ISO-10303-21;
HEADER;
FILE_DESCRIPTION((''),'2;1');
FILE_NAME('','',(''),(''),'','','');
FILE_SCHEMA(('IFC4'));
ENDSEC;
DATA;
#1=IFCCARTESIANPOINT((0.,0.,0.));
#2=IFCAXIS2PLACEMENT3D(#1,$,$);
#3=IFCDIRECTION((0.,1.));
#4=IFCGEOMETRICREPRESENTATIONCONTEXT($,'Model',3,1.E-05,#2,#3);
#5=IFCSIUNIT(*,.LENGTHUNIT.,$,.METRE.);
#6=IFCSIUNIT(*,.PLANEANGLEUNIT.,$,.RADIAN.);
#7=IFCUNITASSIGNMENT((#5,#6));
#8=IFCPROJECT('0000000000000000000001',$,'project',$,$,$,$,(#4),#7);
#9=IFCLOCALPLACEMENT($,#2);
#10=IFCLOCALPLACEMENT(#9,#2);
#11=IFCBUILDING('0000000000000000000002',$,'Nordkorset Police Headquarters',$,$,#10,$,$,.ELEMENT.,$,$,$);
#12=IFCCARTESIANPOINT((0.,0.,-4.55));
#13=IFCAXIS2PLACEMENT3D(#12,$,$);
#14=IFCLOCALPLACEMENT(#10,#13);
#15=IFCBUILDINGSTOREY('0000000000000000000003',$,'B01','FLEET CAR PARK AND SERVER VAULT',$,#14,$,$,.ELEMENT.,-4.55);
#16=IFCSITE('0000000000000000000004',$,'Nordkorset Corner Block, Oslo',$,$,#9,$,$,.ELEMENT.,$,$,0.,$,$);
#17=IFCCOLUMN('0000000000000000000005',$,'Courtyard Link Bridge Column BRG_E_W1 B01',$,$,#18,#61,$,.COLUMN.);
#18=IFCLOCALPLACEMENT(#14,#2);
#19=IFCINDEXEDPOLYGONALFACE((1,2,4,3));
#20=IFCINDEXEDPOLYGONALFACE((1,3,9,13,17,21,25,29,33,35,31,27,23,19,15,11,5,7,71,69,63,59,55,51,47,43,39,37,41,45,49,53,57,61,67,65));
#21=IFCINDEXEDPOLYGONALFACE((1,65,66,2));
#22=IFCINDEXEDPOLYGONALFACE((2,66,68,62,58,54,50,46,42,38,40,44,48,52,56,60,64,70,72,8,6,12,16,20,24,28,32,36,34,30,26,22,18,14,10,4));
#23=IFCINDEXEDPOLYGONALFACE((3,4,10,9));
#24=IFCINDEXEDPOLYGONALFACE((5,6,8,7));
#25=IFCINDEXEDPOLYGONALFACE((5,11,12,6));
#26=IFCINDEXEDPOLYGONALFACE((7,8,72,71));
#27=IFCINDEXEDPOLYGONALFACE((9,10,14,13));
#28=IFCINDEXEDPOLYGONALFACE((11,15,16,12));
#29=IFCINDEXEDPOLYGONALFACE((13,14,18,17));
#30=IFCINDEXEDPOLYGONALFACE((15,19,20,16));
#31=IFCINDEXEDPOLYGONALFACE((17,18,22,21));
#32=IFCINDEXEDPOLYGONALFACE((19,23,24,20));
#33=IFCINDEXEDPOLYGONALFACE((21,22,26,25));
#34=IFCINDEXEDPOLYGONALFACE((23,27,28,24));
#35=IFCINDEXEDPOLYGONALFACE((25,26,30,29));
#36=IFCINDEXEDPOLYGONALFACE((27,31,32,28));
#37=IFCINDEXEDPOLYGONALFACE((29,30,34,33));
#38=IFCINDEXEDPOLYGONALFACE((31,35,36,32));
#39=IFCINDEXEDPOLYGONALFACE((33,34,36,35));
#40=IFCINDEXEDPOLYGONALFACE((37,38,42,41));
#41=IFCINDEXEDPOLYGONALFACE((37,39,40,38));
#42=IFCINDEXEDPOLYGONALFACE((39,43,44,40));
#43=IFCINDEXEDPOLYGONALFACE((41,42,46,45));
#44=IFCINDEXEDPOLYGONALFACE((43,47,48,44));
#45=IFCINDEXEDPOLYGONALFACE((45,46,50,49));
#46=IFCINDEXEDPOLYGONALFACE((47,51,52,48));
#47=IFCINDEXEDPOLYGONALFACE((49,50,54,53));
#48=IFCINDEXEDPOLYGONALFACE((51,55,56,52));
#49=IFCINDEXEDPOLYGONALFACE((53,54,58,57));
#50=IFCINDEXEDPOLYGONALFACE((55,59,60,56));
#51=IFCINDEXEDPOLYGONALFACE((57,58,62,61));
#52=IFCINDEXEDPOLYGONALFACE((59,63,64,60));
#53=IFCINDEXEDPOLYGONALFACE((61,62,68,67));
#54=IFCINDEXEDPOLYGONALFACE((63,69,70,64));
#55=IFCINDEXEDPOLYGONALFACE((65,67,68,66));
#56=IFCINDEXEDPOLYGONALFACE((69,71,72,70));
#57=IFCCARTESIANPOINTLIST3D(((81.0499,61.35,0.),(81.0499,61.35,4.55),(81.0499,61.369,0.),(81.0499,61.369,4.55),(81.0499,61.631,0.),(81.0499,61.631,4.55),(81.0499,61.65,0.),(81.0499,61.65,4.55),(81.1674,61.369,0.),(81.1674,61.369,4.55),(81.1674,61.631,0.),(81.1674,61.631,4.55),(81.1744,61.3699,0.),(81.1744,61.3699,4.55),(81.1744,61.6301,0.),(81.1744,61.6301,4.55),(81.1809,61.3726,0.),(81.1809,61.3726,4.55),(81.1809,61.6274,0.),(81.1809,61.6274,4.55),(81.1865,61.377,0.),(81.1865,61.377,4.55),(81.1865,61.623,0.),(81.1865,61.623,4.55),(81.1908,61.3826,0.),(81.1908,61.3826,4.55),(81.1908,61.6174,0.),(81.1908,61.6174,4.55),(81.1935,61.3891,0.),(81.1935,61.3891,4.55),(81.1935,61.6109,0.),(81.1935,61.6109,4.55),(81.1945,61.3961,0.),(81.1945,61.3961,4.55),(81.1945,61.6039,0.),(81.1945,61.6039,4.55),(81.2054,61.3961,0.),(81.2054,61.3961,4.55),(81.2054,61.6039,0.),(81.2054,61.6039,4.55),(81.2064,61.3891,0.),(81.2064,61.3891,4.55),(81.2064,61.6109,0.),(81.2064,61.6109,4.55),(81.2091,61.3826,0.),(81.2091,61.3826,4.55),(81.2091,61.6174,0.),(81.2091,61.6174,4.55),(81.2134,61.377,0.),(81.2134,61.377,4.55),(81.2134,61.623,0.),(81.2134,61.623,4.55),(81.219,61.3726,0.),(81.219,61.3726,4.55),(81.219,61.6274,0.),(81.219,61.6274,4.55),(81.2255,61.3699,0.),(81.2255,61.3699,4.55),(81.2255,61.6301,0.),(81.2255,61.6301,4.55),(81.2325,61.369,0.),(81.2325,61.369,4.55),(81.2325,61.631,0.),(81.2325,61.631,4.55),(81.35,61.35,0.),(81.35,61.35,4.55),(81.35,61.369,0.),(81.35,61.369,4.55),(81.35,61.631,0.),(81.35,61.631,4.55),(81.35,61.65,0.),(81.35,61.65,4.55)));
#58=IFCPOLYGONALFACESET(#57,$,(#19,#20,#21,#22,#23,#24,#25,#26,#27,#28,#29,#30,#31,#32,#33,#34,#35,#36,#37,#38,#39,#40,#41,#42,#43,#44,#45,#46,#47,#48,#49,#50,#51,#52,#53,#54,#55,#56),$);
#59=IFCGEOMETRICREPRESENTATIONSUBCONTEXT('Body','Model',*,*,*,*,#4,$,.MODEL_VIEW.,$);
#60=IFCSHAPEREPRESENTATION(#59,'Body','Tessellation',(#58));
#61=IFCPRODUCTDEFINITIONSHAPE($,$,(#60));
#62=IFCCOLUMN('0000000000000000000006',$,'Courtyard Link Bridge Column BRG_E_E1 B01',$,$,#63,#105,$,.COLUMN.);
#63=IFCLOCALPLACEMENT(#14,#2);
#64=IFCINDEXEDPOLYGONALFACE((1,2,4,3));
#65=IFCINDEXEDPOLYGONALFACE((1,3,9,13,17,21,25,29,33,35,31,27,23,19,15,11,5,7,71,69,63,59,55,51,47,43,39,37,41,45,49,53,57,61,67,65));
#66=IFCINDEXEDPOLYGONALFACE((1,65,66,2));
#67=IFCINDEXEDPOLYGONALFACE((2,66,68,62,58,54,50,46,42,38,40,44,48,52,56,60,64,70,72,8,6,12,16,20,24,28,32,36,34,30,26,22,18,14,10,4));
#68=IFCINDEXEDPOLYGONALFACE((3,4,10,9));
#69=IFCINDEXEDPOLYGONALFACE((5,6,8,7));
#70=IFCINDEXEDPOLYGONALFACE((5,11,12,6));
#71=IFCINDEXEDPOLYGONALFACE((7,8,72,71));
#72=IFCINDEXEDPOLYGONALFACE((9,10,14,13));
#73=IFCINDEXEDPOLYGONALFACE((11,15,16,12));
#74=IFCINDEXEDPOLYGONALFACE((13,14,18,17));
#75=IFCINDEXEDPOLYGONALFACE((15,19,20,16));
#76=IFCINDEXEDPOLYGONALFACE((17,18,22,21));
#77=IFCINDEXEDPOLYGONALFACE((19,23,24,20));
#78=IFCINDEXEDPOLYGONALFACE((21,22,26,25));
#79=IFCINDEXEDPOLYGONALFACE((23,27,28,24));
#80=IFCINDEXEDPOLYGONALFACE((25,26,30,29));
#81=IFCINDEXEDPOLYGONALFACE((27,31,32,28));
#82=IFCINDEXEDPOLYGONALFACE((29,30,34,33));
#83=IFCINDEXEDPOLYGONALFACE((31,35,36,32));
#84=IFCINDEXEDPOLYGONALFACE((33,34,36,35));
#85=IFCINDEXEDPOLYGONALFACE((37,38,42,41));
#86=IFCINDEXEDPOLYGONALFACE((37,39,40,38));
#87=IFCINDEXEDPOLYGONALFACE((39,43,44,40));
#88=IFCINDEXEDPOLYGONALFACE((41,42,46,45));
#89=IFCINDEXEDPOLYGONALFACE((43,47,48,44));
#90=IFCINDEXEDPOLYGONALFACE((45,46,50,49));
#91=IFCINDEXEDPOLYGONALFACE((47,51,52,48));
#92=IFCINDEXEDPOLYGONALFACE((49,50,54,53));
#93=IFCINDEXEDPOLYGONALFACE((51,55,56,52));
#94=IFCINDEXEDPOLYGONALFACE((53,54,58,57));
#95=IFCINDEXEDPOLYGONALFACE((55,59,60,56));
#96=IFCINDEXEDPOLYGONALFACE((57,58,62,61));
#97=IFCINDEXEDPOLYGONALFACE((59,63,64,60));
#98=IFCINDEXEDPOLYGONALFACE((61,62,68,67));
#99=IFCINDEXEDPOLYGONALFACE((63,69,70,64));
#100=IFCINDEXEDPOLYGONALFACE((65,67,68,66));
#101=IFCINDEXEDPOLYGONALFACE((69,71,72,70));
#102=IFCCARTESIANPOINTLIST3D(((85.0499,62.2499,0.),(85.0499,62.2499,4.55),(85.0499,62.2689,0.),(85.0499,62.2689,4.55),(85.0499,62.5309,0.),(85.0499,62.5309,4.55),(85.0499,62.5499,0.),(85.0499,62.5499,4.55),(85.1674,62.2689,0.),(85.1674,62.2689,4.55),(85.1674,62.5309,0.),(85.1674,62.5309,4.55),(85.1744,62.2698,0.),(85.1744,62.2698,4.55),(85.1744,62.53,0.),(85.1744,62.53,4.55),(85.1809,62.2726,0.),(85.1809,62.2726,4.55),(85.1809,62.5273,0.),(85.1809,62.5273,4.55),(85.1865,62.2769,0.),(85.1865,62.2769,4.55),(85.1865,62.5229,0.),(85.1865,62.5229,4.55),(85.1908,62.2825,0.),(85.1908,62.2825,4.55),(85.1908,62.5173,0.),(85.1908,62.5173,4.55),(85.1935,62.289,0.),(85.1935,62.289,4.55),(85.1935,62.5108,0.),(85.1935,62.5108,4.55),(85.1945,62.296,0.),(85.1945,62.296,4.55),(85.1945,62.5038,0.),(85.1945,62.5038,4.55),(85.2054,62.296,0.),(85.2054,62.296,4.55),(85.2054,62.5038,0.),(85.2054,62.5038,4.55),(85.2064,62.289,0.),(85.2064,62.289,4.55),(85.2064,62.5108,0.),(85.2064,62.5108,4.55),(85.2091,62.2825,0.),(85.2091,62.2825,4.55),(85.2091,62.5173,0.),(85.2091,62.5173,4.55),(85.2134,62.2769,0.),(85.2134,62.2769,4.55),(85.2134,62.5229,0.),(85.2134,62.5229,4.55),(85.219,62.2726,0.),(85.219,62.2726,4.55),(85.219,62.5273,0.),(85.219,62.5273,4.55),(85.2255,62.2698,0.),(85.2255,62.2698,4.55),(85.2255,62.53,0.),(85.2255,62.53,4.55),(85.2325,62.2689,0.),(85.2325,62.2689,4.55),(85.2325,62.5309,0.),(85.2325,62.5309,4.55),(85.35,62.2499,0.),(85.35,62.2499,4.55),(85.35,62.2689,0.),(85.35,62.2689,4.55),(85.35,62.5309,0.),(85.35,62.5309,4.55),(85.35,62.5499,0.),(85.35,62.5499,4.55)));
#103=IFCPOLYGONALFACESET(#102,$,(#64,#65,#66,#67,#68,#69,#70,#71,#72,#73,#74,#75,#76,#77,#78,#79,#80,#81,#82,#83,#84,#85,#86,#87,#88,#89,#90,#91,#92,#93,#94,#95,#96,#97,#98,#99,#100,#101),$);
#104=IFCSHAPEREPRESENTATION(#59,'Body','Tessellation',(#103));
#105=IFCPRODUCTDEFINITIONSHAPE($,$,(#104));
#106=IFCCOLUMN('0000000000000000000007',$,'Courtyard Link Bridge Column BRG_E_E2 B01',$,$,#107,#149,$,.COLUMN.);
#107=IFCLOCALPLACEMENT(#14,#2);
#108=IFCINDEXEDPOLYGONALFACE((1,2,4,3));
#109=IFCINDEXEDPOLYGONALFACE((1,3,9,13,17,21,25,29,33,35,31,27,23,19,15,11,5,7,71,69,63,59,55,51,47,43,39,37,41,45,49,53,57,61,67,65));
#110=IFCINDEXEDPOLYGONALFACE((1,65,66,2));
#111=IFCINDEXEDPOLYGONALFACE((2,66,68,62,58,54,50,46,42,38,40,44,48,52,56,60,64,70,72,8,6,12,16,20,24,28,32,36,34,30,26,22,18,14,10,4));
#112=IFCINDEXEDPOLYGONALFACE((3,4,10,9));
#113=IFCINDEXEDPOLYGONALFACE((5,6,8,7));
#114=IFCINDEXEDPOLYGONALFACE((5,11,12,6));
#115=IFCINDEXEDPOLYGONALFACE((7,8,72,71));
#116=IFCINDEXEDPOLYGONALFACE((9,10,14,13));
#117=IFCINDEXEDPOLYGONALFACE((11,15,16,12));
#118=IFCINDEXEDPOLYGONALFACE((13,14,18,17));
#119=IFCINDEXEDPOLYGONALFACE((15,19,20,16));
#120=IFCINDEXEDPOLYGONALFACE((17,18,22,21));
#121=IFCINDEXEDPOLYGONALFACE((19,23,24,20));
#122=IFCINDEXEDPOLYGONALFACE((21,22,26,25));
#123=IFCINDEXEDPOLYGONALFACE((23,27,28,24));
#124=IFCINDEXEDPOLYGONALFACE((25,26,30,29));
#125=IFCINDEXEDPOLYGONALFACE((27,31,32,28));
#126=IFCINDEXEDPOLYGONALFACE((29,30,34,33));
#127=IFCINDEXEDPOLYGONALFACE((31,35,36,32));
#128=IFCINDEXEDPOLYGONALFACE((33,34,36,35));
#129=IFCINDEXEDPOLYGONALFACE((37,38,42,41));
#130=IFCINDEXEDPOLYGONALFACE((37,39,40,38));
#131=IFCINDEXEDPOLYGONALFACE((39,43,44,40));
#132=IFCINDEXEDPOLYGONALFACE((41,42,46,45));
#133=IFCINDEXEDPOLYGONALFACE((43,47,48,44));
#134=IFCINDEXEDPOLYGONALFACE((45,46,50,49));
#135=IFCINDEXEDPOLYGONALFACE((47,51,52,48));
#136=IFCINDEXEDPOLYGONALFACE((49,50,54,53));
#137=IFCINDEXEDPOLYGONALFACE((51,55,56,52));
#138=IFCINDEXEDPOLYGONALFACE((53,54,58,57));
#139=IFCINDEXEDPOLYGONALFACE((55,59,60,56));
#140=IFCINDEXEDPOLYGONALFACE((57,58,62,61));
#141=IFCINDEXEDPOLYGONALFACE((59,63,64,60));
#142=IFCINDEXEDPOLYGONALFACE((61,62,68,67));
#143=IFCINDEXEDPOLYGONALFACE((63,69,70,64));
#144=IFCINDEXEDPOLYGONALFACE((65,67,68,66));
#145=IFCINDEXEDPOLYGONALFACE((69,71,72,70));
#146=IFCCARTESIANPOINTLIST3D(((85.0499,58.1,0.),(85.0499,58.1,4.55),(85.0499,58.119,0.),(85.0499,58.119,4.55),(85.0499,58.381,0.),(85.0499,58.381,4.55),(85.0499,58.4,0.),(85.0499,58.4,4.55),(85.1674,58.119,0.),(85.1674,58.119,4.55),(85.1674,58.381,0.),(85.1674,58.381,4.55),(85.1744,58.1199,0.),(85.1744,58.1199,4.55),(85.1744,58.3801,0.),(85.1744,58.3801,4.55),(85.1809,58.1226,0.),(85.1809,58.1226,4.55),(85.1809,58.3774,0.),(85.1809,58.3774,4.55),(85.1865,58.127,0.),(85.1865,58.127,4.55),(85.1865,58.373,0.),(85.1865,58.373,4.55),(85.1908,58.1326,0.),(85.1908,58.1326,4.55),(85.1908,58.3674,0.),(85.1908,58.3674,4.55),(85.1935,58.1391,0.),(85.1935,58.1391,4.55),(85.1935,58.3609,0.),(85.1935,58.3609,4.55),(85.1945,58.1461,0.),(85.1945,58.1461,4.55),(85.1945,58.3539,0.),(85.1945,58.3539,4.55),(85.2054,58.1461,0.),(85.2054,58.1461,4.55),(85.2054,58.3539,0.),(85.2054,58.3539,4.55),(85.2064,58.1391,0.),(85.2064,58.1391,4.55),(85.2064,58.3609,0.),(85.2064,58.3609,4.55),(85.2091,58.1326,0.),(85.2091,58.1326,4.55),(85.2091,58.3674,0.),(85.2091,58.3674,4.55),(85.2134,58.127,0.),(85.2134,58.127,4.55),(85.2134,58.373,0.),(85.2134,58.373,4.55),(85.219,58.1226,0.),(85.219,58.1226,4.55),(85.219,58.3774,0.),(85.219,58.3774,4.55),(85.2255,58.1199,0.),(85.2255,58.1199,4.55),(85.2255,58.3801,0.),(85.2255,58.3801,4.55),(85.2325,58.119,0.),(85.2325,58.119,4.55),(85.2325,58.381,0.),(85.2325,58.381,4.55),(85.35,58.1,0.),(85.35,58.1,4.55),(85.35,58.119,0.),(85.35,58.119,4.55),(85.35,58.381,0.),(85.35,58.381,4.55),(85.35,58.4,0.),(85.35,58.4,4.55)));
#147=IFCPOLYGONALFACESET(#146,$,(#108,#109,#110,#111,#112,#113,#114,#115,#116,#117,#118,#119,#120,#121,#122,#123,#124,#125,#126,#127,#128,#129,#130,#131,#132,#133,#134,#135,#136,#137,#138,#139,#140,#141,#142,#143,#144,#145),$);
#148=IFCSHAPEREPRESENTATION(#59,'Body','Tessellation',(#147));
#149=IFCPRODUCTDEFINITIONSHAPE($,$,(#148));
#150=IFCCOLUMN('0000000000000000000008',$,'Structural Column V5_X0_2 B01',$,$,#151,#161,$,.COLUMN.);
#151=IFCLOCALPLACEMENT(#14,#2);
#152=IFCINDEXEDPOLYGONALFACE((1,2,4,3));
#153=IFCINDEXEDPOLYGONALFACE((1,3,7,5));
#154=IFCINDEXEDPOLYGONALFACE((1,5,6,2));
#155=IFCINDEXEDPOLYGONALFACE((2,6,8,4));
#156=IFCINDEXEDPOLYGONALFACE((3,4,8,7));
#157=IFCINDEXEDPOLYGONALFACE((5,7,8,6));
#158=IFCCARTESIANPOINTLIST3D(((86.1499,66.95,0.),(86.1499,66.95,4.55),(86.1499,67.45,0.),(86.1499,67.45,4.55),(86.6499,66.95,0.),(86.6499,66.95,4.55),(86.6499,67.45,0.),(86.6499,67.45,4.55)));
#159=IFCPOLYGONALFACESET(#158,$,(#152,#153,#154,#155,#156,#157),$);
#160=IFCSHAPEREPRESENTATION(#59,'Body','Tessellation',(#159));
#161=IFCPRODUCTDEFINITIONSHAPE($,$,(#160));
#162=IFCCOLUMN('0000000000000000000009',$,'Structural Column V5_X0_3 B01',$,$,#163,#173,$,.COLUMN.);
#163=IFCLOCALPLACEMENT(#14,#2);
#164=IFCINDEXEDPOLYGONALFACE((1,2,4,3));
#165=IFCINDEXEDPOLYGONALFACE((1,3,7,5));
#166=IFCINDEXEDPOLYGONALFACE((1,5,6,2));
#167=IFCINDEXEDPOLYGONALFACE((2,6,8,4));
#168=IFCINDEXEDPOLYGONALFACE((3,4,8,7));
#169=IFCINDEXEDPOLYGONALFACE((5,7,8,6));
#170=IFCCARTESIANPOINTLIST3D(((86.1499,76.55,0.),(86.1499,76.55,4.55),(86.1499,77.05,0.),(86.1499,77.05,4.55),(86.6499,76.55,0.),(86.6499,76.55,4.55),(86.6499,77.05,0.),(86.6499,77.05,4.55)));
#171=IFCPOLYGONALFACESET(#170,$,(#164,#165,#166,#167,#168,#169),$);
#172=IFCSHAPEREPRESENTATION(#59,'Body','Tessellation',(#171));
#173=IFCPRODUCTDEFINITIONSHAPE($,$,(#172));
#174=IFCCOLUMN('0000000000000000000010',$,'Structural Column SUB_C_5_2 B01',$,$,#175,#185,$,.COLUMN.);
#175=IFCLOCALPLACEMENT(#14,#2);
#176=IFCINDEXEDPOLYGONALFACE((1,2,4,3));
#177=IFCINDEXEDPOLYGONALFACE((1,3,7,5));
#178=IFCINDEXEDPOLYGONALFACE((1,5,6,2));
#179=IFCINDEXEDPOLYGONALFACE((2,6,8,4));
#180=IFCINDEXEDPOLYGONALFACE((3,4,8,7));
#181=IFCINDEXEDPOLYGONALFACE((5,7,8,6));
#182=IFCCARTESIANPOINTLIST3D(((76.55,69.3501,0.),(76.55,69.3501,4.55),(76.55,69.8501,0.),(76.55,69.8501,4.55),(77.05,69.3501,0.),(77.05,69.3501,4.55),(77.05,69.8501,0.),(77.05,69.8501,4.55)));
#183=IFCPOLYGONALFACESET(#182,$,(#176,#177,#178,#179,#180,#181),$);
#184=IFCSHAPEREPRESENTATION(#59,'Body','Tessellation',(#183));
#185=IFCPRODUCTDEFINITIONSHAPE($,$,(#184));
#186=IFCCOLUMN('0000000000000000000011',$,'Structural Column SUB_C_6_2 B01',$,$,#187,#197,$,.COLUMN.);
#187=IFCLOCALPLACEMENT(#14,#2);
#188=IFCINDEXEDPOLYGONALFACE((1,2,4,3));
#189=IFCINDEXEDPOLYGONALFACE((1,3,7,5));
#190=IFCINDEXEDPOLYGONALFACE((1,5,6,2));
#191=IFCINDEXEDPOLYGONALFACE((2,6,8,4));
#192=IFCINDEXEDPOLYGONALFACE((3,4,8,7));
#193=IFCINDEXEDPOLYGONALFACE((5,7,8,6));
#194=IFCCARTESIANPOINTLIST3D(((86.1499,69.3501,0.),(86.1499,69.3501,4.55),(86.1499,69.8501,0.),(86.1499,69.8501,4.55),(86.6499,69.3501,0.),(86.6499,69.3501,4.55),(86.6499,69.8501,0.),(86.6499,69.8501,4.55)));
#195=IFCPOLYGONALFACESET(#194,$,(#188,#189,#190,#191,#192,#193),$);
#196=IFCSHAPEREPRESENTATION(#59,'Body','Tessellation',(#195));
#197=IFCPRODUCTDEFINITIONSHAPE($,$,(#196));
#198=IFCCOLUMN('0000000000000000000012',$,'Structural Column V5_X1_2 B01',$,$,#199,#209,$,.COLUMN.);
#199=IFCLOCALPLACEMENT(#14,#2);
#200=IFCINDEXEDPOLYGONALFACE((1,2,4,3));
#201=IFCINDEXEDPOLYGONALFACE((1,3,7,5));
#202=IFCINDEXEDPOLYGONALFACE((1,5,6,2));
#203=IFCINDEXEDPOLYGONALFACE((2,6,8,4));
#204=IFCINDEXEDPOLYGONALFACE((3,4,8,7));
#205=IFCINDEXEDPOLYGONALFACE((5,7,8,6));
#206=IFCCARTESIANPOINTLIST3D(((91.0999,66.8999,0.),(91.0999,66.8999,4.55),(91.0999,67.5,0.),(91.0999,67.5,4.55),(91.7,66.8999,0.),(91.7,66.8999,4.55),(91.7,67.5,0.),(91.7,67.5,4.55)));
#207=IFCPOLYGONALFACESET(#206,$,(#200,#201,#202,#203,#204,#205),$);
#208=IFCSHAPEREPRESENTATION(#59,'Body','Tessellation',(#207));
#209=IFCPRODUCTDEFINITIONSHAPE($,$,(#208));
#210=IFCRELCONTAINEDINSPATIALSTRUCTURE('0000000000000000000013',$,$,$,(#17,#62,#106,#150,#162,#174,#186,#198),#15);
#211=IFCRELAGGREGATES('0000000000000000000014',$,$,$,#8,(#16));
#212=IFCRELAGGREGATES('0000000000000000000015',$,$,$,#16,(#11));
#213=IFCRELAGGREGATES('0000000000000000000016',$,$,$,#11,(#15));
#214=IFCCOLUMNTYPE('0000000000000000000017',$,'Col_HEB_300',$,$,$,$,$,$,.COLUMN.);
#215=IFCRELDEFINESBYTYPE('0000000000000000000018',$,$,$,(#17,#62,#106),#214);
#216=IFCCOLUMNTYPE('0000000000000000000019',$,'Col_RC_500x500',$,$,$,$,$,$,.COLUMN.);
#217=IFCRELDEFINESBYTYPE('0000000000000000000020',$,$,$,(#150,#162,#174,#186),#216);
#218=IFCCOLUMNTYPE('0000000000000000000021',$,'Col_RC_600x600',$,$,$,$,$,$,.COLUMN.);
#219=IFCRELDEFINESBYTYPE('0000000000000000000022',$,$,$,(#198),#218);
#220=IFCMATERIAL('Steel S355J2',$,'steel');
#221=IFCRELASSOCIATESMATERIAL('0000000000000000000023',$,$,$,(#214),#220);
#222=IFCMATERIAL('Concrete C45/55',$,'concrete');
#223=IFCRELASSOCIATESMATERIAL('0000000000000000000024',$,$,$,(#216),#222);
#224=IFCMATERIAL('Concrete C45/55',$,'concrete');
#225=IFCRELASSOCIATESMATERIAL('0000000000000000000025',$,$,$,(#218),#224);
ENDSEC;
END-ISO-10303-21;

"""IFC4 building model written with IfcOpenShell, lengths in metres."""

from ifc_helpers import new_model, si_unit, direction, frame, origin, origin_2d, place, context, subcontext, project, spatial, rectangle, i_section, extrude, material, material_profile, profile_set, type_object, element, save


model = new_model("IFC4")

# Units and contexts
model_context = context("Model", 3, precision=1e-05, world=origin(), true_north=direction((0.0, 1.0)))
body_context = subcontext(model_context, "Body", "Model", "MODEL_VIEW")
ifc_project = project(units=[si_unit("LENGTHUNIT", "METRE"), si_unit("PLANEANGLEUNIT", "RADIAN")], contexts=[model_context])

# Site, building, storey
site_placement = place(None, origin())
site = spatial("IfcSite", under=ifc_project, at=site_placement, Name="Nordkorset Corner Block, Oslo", CompositionType="ELEMENT", RefElevation=0.0)
building_placement = place(site_placement, origin())
building = spatial("IfcBuilding", under=site, at=building_placement, Name="Nordkorset Police Headquarters", CompositionType="ELEMENT")
storey_placement = place(building_placement, frame((0.0, 0.0, -4.55)))
storey = spatial("IfcBuildingStorey", under=building, at=storey_placement, Name="B01", Description="FLEET CAR PARK AND SERVER VAULT", CompositionType="ELEMENT", Elevation=-4.55)

# Columns
ifc_material_1 = material(Name="Steel S355J2", Category="steel")
ifc_material_profile_1 = material_profile(ifc_material_1, i_section(OverallWidth=0.3, OverallDepth=0.3, WebThickness=0.011, FlangeThickness=0.019, FilletRadius=0.0271, at=origin_2d()), Name="HEB 300")
ifc_profile_set_1 = profile_set([ifc_material_profile_1], Name="Steel S355J2")
column_type_1 = type_object("IfcColumnType", Name="Col_HEB_300", PredefinedType="COLUMN", material=ifc_profile_set_1)
for number, where, z_axis, x_axis, name in (
    (1, (81.2, 61.5, 0.0), (0.0, 0.0, 1.0), (1.0, 0.0, 0.0), "Courtyard Link Bridge Column BRG_E_W1 B01"),
    (2, (85.2, 62.3999, 0.0), (0.0, 0.0, 1.0), (1.0, 0.0, 0.0), "Courtyard Link Bridge Column BRG_E_E1 B01"),
    (3, (85.2, 58.25, 0.0), (0.0, 0.0, 1.0), (1.0, 0.0, 0.0), "Courtyard Link Bridge Column BRG_E_E2 B01"),
):
    element("IfcColumn", number, at=place(storey_placement, frame(where, z_axis=z_axis, x_axis=x_axis)), inside=storey, type_object=column_type_1, Name=name, PredefinedType="COLUMN", context=body_context, shape_type="SweptSolid", body=[
        extrude(i_section(OverallWidth=0.3, OverallDepth=0.3, WebThickness=0.011, FlangeThickness=0.019, FilletRadius=0.0271, at=origin_2d()), origin(), (0.0, 0.0, 1.0), 4.55),
    ])
ifc_material_2 = material(Name="Concrete C45/55", Category="concrete")
ifc_material_profile_2 = material_profile(ifc_material_2, rectangle(XDim=0.5, YDim=0.5, at=origin_2d()), Name="RC 500x500")
ifc_profile_set_2 = profile_set([ifc_material_profile_2], Name="Concrete C45/55")
column_type_2 = type_object("IfcColumnType", Name="Col_RC_500x500", PredefinedType="COLUMN", material=ifc_profile_set_2)
for number, where, z_axis, x_axis, name in (
    (4, (86.3999, 67.2, 0.0), (0.0, 0.0, 1.0), (1.0, 0.0, 0.0), "Structural Column V5_X0_2 B01"),
    (5, (86.3999, 76.8, 0.0), (0.0, 0.0, 1.0), (1.0, 0.0, 0.0), "Structural Column V5_X0_3 B01"),
    (6, (76.8, 69.6001, 0.0), (0.0, 0.0, 1.0), (1.0, 0.0, 0.0), "Structural Column SUB_C_5_2 B01"),
    (7, (86.3999, 69.6001, 0.0), (0.0, 0.0, 1.0), (1.0, 0.0, 0.0), "Structural Column SUB_C_6_2 B01"),
):
    element("IfcColumn", number, at=place(storey_placement, frame(where, z_axis=z_axis, x_axis=x_axis)), inside=storey, type_object=column_type_2, Name=name, PredefinedType="COLUMN", context=body_context, shape_type="SweptSolid", body=[
        extrude(rectangle(XDim=0.5, YDim=0.5, at=origin_2d()), origin(), (0.0, 0.0, 1.0), 4.55),
    ])
ifc_material_3 = material(Name="Concrete C45/55", Category="concrete")
ifc_material_profile_3 = material_profile(ifc_material_3, rectangle(XDim=0.6001, YDim=0.6001, at=origin_2d()), Name="RC 600x600")
ifc_profile_set_3 = profile_set([ifc_material_profile_3], Name="Concrete C45/55")
column_type_3 = type_object("IfcColumnType", Name="Col_RC_600x600", PredefinedType="COLUMN", material=ifc_profile_set_3)
column_placement = place(storey_placement, frame((91.3999, 67.2, 0.0), z_axis=(0.0, 0.0, 1.0), x_axis=(1.0, 0.0, 0.0)))
element("IfcColumn", 8, at=column_placement, inside=storey, type_object=column_type_3, Name="Structural Column V5_X1_2 B01", PredefinedType="COLUMN", context=body_context, shape_type="SweptSolid", body=[
    extrude(rectangle(XDim=0.6001, YDim=0.6001, at=origin_2d()), origin(), (0.0, 0.0, 1.0), 4.55),
])

save(model, "model.ifc")
